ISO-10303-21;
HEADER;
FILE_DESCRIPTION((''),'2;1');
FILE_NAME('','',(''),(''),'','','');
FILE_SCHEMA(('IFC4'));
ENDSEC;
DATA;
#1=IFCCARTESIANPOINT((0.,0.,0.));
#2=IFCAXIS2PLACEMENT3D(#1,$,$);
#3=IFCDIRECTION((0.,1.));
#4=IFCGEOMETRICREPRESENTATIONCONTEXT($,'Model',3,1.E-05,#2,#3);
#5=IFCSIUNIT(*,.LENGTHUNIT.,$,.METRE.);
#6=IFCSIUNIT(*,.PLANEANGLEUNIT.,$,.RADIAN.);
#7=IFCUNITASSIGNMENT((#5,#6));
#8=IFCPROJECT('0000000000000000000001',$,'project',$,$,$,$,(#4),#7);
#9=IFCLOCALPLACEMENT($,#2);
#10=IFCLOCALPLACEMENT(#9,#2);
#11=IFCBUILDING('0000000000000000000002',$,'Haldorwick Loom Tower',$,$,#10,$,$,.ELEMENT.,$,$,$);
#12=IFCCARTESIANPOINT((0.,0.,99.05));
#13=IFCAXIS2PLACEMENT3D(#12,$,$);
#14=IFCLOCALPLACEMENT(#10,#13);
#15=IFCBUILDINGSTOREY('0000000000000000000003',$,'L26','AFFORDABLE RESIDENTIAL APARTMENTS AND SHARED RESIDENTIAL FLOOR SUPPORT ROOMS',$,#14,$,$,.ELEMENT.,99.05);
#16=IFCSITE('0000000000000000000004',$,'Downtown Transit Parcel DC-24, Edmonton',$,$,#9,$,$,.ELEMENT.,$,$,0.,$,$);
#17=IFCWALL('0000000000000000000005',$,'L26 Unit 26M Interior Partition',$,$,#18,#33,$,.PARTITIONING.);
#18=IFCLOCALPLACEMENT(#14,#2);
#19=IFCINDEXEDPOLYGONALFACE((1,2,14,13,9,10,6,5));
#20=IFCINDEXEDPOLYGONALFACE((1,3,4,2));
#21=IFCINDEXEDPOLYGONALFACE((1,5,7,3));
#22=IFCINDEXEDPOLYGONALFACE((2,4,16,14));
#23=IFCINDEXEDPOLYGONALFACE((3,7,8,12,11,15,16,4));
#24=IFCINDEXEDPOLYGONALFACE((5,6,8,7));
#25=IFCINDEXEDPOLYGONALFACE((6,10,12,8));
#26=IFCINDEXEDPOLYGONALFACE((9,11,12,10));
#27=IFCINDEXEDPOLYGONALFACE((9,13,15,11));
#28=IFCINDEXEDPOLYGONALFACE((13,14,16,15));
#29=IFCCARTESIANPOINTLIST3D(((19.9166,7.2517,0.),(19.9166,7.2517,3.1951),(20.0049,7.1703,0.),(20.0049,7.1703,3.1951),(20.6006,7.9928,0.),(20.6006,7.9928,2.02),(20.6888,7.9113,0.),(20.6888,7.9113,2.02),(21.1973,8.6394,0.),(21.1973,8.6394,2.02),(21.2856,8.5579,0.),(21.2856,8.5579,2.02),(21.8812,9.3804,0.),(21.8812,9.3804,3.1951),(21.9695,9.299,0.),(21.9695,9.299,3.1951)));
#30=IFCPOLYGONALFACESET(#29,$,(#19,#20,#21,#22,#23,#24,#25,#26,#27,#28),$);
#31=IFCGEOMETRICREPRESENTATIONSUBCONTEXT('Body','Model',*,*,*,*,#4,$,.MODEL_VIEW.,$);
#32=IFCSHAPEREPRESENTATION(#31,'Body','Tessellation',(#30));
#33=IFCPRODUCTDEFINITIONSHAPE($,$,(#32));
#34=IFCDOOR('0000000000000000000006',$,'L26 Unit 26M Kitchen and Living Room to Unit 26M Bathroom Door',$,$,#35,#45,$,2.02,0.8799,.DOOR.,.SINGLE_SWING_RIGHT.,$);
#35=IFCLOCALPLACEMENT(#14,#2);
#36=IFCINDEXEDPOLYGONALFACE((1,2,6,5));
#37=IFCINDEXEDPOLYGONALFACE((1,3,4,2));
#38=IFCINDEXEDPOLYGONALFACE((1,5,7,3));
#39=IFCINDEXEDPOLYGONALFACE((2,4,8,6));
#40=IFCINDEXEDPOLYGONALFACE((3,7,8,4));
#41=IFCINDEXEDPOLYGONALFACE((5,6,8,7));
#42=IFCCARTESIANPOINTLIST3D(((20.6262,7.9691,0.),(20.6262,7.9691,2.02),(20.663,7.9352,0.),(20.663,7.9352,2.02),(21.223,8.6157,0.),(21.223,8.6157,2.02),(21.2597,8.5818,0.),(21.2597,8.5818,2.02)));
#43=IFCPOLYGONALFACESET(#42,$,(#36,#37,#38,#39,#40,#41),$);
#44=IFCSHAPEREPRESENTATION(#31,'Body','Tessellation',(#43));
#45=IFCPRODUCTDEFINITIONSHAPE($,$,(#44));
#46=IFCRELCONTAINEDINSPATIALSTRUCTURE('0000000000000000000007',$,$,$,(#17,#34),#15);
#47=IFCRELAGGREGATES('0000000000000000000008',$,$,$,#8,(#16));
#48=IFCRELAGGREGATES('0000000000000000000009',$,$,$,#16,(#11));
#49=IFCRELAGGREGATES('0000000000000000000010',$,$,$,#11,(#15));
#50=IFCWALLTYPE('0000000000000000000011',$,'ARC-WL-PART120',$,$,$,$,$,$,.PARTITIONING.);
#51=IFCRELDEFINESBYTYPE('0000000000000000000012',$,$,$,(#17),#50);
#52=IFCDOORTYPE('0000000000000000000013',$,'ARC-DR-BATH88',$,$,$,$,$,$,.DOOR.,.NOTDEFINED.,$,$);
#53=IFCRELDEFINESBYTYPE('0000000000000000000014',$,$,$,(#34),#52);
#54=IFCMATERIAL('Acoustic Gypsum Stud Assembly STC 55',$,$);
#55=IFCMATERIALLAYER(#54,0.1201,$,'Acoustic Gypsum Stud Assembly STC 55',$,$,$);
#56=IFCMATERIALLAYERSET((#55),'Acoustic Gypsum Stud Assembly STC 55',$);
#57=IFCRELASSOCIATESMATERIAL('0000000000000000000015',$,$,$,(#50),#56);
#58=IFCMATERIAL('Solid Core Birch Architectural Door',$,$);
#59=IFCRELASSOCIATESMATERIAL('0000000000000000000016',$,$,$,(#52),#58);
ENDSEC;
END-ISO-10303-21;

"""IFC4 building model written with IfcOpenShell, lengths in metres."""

from ifc_helpers import new_model, si_unit, direction, frame, frame_2d, origin, place, context, subcontext, project, spatial, rectangle, extrude, material, layer, layer_set, type_object, element, fill, save


model = new_model("IFC4")

# Units and contexts
model_context = context("Model", 3, precision=1e-05, world=origin(), true_north=direction((0.0, 1.0)))
body_context = subcontext(model_context, "Body", "Model", "MODEL_VIEW")
ifc_project = project(units=[si_unit("LENGTHUNIT", "METRE"), si_unit("PLANEANGLEUNIT", "RADIAN")], contexts=[model_context])

# Site, building, storey
site_placement = place(None, origin())
site = spatial("IfcSite", under=ifc_project, at=site_placement, Name="Downtown Transit Parcel DC-24, Edmonton", CompositionType="ELEMENT", RefElevation=0.0)
building_placement = place(site_placement, origin())
building = spatial("IfcBuilding", under=site, at=building_placement, Name="Haldorwick Loom Tower", CompositionType="ELEMENT")
storey_placement = place(building_placement, frame((0.0, 0.0, 99.05)))
storey = spatial("IfcBuildingStorey", under=building, at=storey_placement, Name="L26", Description="AFFORDABLE RESIDENTIAL APARTMENTS AND SHARED RESIDENTIAL FLOOR SUPPORT ROOMS", CompositionType="ELEMENT", Elevation=99.05)

# Shared definitions
ifc_material_1 = material(Name="Solid Core Birch Architectural Door")

# Shared definitions
ifc_material_2 = material(Name="Acoustic Gypsum Stud Assembly STC 55")
ifc_layer_1 = layer(ifc_material_2, 0.1201, Name="Acoustic Gypsum Stud Assembly STC 55")
ifc_layer_set_1 = layer_set([ifc_layer_1], Name="Acoustic Gypsum Stud Assembly STC 55")
wall_type_1 = type_object("IfcWallType", Name="ARC-WL-PART120", PredefinedType="PARTITIONING", material=ifc_layer_set_1)

# Wall, opening, door
wall_1_placement = place(storey_placement, frame((21.9253, 9.3396, 0.0), z_axis=(0.0, 0.0, 1.0), x_axis=(-0.678221, -0.734858, 0.0)))
wall_1 = element("IfcWall", 1, at=wall_1_placement, inside=storey, type_object=wall_type_1, Name="L26 Unit 26M Interior Partition", PredefinedType="PARTITIONING", context=body_context, shape_type="SweptSolid", body=[
    extrude(rectangle(XDim=2.8967, YDim=0.1201, at=frame_2d((1.4482, 0.0))), origin(), (0.0, 0.0, 1.0), 3.1951),
])
opening_1_placement = place(wall_1_placement, frame((1.0083, 0.0, 0.0)))
opening_1 = element("IfcOpeningElement", 2, at=opening_1_placement, cuts=wall_1, PredefinedType="OPENING", context=body_context, shape_type="SweptSolid", body=[
    extrude(rectangle(XDim=0.8799, YDim=2.02, at=frame_2d((0.4399, 1.01))), frame((0.0, 0.0701, 0.0), z_axis=(0.0, -1.0, 0.0), x_axis=(1.0, 0.0, 0.0)), (0.0, 0.0, 1.0), 0.1401),
])
door_type_1 = type_object("IfcDoorType", Name="ARC-DR-BATH88", OperationType="NOTDEFINED", PredefinedType="DOOR", material=ifc_material_1)
door_1_placement = place(opening_1_placement, origin())
door_1 = element("IfcDoor", 3, at=door_1_placement, inside=storey, type_object=door_type_1, Name="L26 Unit 26M Kitchen and Living Room to Unit 26M Bathroom Door", OperationType="SINGLE_SWING_RIGHT", OverallHeight=2.02, OverallWidth=0.8799, PredefinedType="DOOR", context=body_context, shape_type="SweptSolid", body=[
    extrude(rectangle(XDim=0.8799, YDim=2.02, at=frame_2d((0.4399, 1.01))), frame((0.0, 0.0249, 0.0), z_axis=(0.0, -1.0, 0.0), x_axis=(1.0, 0.0, 0.0)), (0.0, 0.0, 1.0), 0.05),
])
fill(opening_1, door_1)

save(model, "model.ifc")
